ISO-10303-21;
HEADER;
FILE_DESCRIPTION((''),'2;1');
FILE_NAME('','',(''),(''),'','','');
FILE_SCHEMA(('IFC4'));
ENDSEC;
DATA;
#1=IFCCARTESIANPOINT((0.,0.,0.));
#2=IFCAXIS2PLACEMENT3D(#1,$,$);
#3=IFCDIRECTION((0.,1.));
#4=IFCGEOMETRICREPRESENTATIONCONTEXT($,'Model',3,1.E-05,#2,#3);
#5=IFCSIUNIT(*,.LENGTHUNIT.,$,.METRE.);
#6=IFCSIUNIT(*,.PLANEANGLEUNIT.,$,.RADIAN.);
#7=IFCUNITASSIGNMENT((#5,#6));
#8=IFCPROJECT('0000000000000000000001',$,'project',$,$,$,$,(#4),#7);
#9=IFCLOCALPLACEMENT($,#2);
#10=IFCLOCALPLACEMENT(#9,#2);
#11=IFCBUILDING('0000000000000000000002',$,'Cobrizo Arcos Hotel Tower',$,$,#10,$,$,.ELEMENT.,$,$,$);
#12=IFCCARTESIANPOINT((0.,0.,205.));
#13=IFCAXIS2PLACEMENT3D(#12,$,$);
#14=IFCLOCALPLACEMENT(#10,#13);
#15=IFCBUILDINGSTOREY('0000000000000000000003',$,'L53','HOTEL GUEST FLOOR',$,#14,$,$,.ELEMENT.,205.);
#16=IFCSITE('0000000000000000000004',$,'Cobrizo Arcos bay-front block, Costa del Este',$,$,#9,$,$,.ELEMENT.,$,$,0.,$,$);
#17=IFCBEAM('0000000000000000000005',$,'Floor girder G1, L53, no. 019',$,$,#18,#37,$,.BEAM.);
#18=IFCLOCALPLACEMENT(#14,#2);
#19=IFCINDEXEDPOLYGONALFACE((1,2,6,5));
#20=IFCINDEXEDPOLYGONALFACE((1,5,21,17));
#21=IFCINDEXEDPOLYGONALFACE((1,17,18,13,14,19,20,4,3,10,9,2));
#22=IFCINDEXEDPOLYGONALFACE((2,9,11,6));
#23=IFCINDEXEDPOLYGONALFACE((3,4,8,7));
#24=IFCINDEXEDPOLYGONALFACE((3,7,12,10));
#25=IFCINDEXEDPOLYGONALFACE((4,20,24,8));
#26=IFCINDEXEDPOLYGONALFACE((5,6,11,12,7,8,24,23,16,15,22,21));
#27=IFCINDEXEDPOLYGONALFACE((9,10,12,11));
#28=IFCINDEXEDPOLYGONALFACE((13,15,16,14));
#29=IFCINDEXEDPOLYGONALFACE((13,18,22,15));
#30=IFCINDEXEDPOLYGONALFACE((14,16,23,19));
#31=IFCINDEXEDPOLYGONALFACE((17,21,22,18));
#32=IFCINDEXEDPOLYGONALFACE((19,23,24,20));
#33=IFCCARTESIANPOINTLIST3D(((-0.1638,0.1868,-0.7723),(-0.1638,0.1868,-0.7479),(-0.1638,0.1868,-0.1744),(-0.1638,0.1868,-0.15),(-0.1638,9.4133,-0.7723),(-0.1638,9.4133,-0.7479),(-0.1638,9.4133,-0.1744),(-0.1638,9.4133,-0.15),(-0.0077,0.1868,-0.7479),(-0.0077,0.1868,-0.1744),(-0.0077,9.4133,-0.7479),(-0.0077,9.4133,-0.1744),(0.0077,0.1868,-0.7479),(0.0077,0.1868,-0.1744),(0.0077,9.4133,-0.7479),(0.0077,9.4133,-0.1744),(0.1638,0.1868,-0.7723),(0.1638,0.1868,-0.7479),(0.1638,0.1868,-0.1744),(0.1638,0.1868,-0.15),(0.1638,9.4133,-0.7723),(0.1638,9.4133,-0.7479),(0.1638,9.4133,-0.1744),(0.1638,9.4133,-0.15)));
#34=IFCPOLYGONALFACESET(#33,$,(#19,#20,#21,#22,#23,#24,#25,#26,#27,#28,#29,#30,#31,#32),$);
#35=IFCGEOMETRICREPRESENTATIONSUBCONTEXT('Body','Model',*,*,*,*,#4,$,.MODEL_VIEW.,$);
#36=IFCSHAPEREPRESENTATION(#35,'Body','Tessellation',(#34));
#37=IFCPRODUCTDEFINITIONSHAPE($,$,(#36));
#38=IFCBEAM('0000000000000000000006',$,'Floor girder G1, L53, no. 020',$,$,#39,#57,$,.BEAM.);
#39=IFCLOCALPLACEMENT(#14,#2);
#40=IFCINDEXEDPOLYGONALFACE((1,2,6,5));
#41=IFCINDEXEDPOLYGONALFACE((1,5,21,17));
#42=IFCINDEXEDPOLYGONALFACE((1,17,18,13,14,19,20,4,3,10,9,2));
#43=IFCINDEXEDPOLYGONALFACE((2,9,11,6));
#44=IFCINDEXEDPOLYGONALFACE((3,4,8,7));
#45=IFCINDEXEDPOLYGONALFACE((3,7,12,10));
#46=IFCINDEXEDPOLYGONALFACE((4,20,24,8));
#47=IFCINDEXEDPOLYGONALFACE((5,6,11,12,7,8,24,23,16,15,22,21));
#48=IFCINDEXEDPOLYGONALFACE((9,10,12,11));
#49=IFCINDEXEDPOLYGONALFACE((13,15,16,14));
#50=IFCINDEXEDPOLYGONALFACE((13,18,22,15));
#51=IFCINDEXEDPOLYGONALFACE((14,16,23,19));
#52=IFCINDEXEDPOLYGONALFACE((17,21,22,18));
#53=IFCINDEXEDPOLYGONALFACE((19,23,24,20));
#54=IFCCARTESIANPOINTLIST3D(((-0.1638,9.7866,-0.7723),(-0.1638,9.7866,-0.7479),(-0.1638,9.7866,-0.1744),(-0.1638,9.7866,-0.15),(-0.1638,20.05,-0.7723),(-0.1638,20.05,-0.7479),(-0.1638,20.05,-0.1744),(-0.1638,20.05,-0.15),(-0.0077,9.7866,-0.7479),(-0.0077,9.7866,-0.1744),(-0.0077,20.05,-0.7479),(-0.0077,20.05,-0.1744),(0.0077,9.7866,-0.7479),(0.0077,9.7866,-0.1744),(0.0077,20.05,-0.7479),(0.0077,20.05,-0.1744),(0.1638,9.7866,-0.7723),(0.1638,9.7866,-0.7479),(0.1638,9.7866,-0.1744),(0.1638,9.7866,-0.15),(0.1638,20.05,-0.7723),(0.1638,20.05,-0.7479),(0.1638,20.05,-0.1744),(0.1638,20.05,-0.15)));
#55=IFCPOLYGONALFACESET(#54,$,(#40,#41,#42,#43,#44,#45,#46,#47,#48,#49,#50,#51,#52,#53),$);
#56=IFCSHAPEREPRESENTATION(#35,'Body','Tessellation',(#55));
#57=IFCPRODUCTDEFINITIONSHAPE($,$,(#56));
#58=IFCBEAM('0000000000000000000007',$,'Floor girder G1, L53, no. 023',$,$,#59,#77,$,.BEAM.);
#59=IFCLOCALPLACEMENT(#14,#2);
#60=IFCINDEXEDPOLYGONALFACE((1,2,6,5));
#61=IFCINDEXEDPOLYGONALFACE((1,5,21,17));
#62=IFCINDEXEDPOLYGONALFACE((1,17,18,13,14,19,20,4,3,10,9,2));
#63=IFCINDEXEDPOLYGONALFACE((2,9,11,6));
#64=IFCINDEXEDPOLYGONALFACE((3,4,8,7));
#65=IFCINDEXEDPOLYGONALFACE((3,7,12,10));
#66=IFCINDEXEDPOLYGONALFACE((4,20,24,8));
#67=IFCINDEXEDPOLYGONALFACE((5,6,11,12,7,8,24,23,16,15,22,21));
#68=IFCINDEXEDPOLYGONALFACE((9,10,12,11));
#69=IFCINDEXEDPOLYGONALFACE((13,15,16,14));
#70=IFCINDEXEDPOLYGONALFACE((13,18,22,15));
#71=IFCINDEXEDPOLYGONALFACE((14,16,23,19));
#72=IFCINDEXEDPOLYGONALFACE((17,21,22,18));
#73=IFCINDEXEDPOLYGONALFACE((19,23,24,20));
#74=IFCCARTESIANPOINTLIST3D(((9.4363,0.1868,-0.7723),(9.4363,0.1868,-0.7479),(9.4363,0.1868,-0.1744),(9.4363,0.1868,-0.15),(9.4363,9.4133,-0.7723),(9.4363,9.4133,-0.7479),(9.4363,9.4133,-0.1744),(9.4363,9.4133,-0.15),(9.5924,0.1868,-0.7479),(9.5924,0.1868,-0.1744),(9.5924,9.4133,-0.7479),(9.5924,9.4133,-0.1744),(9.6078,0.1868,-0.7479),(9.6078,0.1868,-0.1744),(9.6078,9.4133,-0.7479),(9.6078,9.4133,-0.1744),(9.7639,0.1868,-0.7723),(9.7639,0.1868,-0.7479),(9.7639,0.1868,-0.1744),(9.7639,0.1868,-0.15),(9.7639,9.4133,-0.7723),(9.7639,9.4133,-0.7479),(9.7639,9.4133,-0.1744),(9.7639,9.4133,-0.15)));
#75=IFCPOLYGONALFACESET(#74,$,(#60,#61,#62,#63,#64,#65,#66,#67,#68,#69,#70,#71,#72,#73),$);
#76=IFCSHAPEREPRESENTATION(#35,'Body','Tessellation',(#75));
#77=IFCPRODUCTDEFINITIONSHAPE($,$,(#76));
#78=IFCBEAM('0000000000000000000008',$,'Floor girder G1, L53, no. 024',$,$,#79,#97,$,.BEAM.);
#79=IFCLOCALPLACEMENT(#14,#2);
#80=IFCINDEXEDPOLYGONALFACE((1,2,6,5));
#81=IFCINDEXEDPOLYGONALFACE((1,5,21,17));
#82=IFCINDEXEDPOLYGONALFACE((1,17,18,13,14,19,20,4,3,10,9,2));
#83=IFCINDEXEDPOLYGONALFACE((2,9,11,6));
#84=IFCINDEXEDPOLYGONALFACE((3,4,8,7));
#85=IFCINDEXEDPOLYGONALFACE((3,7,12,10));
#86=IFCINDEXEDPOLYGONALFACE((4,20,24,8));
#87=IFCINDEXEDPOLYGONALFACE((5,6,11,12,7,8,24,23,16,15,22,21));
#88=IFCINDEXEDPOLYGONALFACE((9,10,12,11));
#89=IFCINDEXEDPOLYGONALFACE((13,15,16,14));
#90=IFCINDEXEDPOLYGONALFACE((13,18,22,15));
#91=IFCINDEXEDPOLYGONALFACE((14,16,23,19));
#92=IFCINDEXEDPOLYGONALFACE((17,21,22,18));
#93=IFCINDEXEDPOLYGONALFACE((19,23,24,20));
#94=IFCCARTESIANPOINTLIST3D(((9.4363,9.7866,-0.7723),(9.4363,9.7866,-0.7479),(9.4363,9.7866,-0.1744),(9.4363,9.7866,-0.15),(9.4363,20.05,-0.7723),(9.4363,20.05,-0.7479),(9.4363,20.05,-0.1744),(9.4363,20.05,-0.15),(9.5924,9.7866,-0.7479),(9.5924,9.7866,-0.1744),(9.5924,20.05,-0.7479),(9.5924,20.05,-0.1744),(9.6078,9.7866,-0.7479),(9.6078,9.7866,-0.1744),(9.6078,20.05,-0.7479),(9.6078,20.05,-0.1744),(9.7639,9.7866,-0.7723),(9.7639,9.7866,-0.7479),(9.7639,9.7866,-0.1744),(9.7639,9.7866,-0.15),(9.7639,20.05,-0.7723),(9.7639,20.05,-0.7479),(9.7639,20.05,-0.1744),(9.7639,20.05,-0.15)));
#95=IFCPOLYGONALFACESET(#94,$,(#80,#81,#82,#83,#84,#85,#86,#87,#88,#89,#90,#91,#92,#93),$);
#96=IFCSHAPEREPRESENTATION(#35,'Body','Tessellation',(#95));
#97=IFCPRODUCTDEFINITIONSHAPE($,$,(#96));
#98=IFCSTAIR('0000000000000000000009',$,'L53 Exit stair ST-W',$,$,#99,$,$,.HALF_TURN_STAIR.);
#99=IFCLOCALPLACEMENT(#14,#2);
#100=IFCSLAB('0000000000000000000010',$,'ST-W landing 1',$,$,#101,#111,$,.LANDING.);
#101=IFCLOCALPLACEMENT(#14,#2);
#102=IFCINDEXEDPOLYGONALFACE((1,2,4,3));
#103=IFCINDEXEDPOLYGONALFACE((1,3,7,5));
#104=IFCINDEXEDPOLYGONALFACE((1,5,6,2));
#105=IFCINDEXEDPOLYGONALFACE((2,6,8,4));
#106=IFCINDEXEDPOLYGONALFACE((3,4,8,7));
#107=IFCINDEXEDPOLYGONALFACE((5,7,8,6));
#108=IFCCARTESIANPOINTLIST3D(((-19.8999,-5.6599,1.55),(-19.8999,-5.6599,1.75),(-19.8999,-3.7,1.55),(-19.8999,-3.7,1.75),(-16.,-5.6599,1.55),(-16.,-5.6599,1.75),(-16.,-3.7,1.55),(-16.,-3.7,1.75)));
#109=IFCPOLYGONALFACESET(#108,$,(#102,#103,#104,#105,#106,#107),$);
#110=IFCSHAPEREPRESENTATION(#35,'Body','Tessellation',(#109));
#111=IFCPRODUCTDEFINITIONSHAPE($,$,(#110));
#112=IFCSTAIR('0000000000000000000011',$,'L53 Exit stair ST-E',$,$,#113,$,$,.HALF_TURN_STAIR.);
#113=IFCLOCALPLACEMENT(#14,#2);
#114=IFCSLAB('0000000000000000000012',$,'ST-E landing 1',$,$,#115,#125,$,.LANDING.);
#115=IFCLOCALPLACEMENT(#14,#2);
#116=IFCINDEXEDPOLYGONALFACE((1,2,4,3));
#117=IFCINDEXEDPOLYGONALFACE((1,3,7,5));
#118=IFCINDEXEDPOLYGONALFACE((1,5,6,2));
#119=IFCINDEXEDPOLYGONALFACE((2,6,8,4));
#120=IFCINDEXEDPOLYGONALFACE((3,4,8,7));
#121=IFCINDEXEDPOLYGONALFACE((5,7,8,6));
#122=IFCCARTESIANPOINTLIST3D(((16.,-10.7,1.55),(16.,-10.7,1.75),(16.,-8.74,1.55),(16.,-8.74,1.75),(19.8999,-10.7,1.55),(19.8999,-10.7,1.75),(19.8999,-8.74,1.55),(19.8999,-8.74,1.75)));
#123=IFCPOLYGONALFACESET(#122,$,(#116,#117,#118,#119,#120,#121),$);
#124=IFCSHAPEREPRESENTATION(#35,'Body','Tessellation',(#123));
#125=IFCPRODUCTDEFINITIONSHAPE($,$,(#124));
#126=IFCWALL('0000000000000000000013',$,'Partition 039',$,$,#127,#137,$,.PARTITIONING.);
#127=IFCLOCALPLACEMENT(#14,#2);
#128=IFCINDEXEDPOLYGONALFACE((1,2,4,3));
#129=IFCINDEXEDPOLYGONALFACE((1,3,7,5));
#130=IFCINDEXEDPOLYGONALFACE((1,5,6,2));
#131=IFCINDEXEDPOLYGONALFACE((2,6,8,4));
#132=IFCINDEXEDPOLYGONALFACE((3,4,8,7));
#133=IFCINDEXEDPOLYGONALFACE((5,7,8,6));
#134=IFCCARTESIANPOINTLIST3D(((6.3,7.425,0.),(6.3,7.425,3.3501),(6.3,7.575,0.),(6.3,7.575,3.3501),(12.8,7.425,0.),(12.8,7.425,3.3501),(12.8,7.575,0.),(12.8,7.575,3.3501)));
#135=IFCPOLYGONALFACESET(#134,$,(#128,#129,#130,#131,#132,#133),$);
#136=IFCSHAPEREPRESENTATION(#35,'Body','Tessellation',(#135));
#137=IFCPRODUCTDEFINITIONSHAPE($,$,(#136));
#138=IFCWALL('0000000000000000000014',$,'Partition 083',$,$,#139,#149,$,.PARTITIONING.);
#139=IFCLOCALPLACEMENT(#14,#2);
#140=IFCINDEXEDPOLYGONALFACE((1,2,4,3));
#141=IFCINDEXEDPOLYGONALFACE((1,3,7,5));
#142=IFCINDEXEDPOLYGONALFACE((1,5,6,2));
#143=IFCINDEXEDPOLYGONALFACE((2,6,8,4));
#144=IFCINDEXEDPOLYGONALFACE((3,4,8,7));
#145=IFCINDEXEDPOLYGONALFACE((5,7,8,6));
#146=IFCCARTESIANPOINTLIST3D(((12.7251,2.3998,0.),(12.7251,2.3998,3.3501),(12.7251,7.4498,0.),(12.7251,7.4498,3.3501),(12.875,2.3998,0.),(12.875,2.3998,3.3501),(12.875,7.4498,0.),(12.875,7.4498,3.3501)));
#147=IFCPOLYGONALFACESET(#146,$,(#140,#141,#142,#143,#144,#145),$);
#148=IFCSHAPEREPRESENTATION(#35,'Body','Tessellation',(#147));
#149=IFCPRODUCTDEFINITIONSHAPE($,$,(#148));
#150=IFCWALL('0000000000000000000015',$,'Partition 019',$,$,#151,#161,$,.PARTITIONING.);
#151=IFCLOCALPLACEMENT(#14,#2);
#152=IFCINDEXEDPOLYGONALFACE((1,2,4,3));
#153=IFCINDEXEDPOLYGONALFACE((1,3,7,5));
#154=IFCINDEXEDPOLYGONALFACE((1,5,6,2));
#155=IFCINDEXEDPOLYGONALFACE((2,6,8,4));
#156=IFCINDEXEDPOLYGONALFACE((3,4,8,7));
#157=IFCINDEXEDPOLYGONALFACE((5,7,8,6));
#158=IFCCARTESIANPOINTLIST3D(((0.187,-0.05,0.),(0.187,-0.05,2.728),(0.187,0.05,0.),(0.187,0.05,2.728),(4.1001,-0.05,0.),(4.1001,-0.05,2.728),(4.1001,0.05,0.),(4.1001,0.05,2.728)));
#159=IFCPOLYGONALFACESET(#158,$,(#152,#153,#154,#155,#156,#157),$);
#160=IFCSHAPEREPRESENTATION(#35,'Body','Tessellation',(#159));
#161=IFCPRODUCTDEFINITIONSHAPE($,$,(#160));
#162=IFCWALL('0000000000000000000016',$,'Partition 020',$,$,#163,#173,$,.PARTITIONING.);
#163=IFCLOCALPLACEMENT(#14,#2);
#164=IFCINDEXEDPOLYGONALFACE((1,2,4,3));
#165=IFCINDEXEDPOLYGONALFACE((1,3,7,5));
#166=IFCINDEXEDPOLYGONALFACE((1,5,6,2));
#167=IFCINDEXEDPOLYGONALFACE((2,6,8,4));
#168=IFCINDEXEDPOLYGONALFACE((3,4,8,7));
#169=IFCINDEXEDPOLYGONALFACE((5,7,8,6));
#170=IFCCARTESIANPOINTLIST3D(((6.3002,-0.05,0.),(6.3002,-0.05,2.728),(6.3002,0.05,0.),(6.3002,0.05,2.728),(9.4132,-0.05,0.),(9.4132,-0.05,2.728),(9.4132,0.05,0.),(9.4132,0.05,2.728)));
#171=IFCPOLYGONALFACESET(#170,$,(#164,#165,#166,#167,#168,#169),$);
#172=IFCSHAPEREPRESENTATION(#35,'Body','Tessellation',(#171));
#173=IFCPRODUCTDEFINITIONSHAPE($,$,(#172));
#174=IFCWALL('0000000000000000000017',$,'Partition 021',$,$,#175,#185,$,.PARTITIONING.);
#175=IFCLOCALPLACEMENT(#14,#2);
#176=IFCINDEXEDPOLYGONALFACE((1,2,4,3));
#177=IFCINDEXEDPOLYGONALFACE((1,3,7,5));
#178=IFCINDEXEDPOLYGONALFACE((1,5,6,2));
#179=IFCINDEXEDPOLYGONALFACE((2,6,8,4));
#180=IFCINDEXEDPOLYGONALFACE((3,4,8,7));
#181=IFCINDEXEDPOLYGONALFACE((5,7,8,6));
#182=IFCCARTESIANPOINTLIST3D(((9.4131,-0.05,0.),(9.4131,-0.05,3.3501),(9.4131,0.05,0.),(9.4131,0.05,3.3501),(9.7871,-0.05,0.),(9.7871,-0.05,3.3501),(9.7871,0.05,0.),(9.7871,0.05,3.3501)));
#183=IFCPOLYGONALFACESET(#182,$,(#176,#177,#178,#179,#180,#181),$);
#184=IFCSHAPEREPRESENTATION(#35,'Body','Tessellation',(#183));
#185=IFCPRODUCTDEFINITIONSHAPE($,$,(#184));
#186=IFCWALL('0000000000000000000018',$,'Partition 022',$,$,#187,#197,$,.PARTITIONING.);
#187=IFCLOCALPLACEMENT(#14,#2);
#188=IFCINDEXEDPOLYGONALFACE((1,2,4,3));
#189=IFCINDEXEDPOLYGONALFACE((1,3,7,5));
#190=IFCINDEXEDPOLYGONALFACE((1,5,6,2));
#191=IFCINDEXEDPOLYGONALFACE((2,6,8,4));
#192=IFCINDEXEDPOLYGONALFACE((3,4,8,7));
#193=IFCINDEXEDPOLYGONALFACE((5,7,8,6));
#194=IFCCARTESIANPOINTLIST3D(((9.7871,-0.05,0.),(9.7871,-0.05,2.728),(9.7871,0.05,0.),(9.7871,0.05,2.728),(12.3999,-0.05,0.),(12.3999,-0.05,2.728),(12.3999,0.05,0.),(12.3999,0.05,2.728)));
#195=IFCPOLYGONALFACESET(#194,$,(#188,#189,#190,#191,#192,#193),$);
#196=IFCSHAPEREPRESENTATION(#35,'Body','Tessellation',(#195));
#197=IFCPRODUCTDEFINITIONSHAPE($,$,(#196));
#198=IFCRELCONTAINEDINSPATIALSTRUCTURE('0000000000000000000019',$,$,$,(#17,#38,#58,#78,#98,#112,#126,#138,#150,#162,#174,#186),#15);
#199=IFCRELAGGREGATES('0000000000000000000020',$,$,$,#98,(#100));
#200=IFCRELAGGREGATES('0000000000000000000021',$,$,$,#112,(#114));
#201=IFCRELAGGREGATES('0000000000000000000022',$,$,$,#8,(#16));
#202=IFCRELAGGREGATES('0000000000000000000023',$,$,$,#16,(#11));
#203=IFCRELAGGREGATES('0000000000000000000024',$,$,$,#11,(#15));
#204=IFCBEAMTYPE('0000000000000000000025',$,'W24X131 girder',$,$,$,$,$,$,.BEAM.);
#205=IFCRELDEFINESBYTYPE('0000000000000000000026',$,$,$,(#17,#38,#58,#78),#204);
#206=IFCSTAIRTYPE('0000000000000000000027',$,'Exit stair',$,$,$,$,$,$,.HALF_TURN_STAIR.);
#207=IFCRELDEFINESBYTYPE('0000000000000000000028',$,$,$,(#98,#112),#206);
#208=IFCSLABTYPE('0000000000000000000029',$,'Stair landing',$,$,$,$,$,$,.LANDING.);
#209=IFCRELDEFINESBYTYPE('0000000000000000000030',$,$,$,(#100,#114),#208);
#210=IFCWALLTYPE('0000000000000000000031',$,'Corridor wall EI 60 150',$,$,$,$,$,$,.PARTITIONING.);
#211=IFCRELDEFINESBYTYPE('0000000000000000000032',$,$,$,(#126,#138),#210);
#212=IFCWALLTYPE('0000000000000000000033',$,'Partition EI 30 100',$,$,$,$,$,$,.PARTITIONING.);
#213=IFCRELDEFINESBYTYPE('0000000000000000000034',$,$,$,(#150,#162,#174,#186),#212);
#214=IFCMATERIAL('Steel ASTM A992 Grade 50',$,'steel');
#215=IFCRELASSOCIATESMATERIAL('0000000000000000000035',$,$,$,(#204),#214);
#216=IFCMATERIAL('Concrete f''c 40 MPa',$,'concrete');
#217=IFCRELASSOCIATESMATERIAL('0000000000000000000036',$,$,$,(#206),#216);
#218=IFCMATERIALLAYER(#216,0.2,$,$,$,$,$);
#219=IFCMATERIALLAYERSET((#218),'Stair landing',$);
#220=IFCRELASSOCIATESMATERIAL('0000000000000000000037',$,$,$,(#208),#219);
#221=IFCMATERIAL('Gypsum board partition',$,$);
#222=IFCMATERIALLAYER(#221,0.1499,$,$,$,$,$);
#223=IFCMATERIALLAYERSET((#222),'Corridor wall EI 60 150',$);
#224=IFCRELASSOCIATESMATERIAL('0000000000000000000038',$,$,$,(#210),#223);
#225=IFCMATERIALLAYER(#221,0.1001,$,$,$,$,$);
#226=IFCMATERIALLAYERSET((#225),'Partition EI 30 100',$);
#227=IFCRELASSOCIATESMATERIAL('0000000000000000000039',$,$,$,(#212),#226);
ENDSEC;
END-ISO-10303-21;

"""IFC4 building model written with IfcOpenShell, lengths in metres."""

from ifc_helpers import new_model, si_unit, direction, frame, frame_2d, origin, origin_2d, place, context, subcontext, project, spatial, polyline, rectangle, i_section, outline, extrude, material, layer, layer_set, material_profile, profile_set, type_object, element, aggregate, save


model = new_model("IFC4")

# Units and contexts
model_context = context("Model", 3, precision=1e-05, world=origin(), true_north=direction((0.0, 1.0)))
body_context = subcontext(model_context, "Body", "Model", "MODEL_VIEW")
ifc_project = project(units=[si_unit("LENGTHUNIT", "METRE"), si_unit("PLANEANGLEUNIT", "RADIAN")], contexts=[model_context])

# Site, building, storey
site_placement = place(None, origin())
site = spatial("IfcSite", under=ifc_project, at=site_placement, Name="Cobrizo Arcos bay-front block, Costa del Este", CompositionType="ELEMENT", RefElevation=0.0)
building_placement = place(site_placement, origin())
building = spatial("IfcBuilding", under=site, at=building_placement, Name="Cobrizo Arcos Hotel Tower", CompositionType="ELEMENT")
storey_placement = place(building_placement, frame((0.0, 0.0, 205.0)))
storey = spatial("IfcBuildingStorey", under=building, at=storey_placement, Name="L53", Description="HOTEL GUEST FLOOR", CompositionType="ELEMENT", Elevation=205.0)

# Shared definitions
ifc_material_1 = material(Name="Steel ASTM A992 Grade 50", Category="steel")

# Beams
ifc_material_profile_1 = material_profile(ifc_material_1, i_section(OverallWidth=0.3276, OverallDepth=0.6223, WebThickness=0.0154, FlangeThickness=0.0244, at=origin_2d()), Name="W24X131")
ifc_profile_set_1 = profile_set([ifc_material_profile_1], Name="Steel ASTM A992 Grade 50")
beam_type_1 = type_object("IfcBeamType", Name="W24X131 girder", PredefinedType="BEAM", material=ifc_profile_set_1)
beam_1_placement = place(storey_placement, frame((0.0, 0.1868, -0.4612), z_axis=(0.0, 1.0, 0.0), x_axis=(-1.0, 0.0, 0.0)))
element("IfcBeam", 1, at=beam_1_placement, inside=storey, type_object=beam_type_1, Name="Floor girder G1, L53, no. 019", PredefinedType="BEAM", context=body_context, shape_type="SweptSolid", body=[
    extrude(i_section(OverallWidth=0.3276, OverallDepth=0.6223, WebThickness=0.0154, FlangeThickness=0.0244, at=origin_2d()), origin(), (0.0, 0.0, 1.0), 9.2266),
])
beam_2_placement = place(storey_placement, frame((0.0, 9.7866, -0.4612), z_axis=(0.0, 1.0, 0.0), x_axis=(-1.0, 0.0, 0.0)))
element("IfcBeam", 2, at=beam_2_placement, inside=storey, type_object=beam_type_1, Name="Floor girder G1, L53, no. 020", PredefinedType="BEAM", context=body_context, shape_type="SweptSolid", body=[
    extrude(i_section(OverallWidth=0.3276, OverallDepth=0.6223, WebThickness=0.0154, FlangeThickness=0.0244, at=origin_2d()), origin(), (0.0, 0.0, 1.0), 10.2634),
])
beam_3_placement = place(storey_placement, frame((9.6001, 0.1868, -0.4612), z_axis=(0.0, 1.0, 0.0), x_axis=(-1.0, 0.0, 0.0)))
element("IfcBeam", 3, at=beam_3_placement, inside=storey, type_object=beam_type_1, Name="Floor girder G1, L53, no. 023", PredefinedType="BEAM", context=body_context, shape_type="SweptSolid", body=[
    extrude(i_section(OverallWidth=0.3276, OverallDepth=0.6223, WebThickness=0.0154, FlangeThickness=0.0244, at=origin_2d()), origin(), (0.0, 0.0, 1.0), 9.2266),
])
beam_4_placement = place(storey_placement, frame((9.6001, 9.7866, -0.4612), z_axis=(0.0, 1.0, 0.0), x_axis=(-1.0, 0.0, 0.0)))
element("IfcBeam", 4, at=beam_4_placement, inside=storey, type_object=beam_type_1, Name="Floor girder G1, L53, no. 024", PredefinedType="BEAM", context=body_context, shape_type="SweptSolid", body=[
    extrude(i_section(OverallWidth=0.3276, OverallDepth=0.6223, WebThickness=0.0154, FlangeThickness=0.0244, at=origin_2d()), origin(), (0.0, 0.0, 1.0), 10.2634),
])

# Stairs, slabs
ifc_material_2 = material(Name="Concrete f'c 40 MPa", Category="concrete")
stair_type = type_object("IfcStairType", Name="Exit stair", PredefinedType="HALF_TURN_STAIR", material=ifc_material_2)
stair_1_placement = place(storey_placement, origin())
stair_1 = element("IfcStair", 5, at=stair_1_placement, inside=storey, type_object=stair_type, Name="L53 Exit stair ST-W", PredefinedType="HALF_TURN_STAIR")
ifc_layer_1 = layer(ifc_material_2, 0.2)
ifc_layer_set_1 = layer_set([ifc_layer_1], Name="Stair landing")
slab_type = type_object("IfcSlabType", Name="Stair landing", PredefinedType="LANDING", material=ifc_layer_set_1)
slab_1_placement = place(storey_placement, frame((0.0, 0.0, 1.55)))
slab_1 = element("IfcSlab", 6, at=slab_1_placement, type_object=slab_type, Name="ST-W landing 1", PredefinedType="LANDING", context=body_context, shape_type="SweptSolid", body=[
    extrude(outline(polyline([(-16.0, -5.6599), (-16.0, -3.7), (-19.8999, -3.7), (-19.8999, -5.6599), (-16.0, -5.6599)])), origin(), (0.0, 0.0, 1.0), 0.2),
])
aggregate(stair_1, [slab_1])
stair_2_placement = place(storey_placement, origin())
stair_2 = element("IfcStair", 7, at=stair_2_placement, inside=storey, type_object=stair_type, Name="L53 Exit stair ST-E", PredefinedType="HALF_TURN_STAIR")
slab_2_placement = place(storey_placement, frame((0.0, 0.0, 1.55)))
slab_2 = element("IfcSlab", 8, at=slab_2_placement, type_object=slab_type, Name="ST-E landing 1", PredefinedType="LANDING", context=body_context, shape_type="SweptSolid", body=[
    extrude(outline(polyline([(16.0, -8.74), (16.0, -10.7), (19.8999, -10.7), (19.8999, -8.74), (16.0, -8.74)])), origin(), (0.0, 0.0, 1.0), 0.2),
])
aggregate(stair_2, [slab_2])

# Walls
ifc_material_3 = material(Name="Gypsum board partition")
ifc_layer_2 = layer(ifc_material_3, 0.1499)
ifc_layer_set_2 = layer_set([ifc_layer_2], Name="Corridor wall EI 60 150")
wall_type_1 = type_object("IfcWallType", Name="Corridor wall EI 60 150", PredefinedType="PARTITIONING", material=ifc_layer_set_2)
wall_1_placement = place(storey_placement, frame((6.3, 7.5, 0.0), z_axis=(0.0, 0.0, 1.0), x_axis=(1.0, 0.0, 0.0)))
element("IfcWall", 9, at=wall_1_placement, inside=storey, type_object=wall_type_1, Name="Partition 039", PredefinedType="PARTITIONING", context=body_context, shape_type="SweptSolid", body=[
    extrude(rectangle(XDim=6.5, YDim=0.1499, at=frame_2d((3.25, 0.0))), origin(), (0.0, 0.0, 1.0), 3.3501),
])
wall_2_placement = place(storey_placement, frame((12.8, 2.3999, 0.0), z_axis=(0.0, 0.0, 1.0), x_axis=(0.0, 1.0, 0.0)))
element("IfcWall", 10, at=wall_2_placement, inside=storey, type_object=wall_type_1, Name="Partition 083", PredefinedType="PARTITIONING", context=body_context, shape_type="SweptSolid", body=[
    extrude(rectangle(XDim=5.05, YDim=0.1499, at=frame_2d((2.5249, 0.0))), origin(), (0.0, 0.0, 1.0), 3.3501),
])
ifc_layer_3 = layer(ifc_material_3, 0.1001)
ifc_layer_set_3 = layer_set([ifc_layer_3], Name="Partition EI 30 100")
wall_type_2 = type_object("IfcWallType", Name="Partition EI 30 100", PredefinedType="PARTITIONING", material=ifc_layer_set_3)
wall_3_placement = place(storey_placement, frame((0.187, 0.0, 0.0), z_axis=(0.0, 0.0, 1.0), x_axis=(1.0, 0.0, 0.0)))
element("IfcWall", 11, at=wall_3_placement, inside=storey, type_object=wall_type_2, Name="Partition 019", PredefinedType="PARTITIONING", context=body_context, shape_type="SweptSolid", body=[
    extrude(rectangle(XDim=3.9131, YDim=0.1001, at=frame_2d((1.9565, 0.0))), origin(), (0.0, 0.0, 1.0), 2.728),
])
wall_4_placement = place(storey_placement, frame((6.3, 0.0, 0.0), z_axis=(0.0, 0.0, 1.0), x_axis=(1.0, 0.0, 0.0)))
element("IfcWall", 12, at=wall_4_placement, inside=storey, type_object=wall_type_2, Name="Partition 020", PredefinedType="PARTITIONING", context=body_context, shape_type="SweptSolid", body=[
    extrude(rectangle(XDim=3.113, YDim=0.1001, at=frame_2d((1.5566, 0.0))), origin(), (0.0, 0.0, 1.0), 2.728),
])
wall_5_placement = place(storey_placement, frame((9.4131, 0.0, 0.0), z_axis=(0.0, 0.0, 1.0), x_axis=(1.0, 0.0, 0.0)))
element("IfcWall", 13, at=wall_5_placement, inside=storey, type_object=wall_type_2, Name="Partition 021", PredefinedType="PARTITIONING", context=body_context, shape_type="SweptSolid", body=[
    extrude(rectangle(XDim=0.374, YDim=0.1001, at=frame_2d((0.187, 0.0))), origin(), (0.0, 0.0, 1.0), 3.3501),
])
wall_6_placement = place(storey_placement, frame((9.7871, 0.0, 0.0), z_axis=(0.0, 0.0, 1.0), x_axis=(1.0, 0.0, 0.0)))
element("IfcWall", 14, at=wall_6_placement, inside=storey, type_object=wall_type_2, Name="Partition 022", PredefinedType="PARTITIONING", context=body_context, shape_type="SweptSolid", body=[
    extrude(rectangle(XDim=2.6128, YDim=0.1001, at=frame_2d((1.3064, 0.0))), origin(), (0.0, 0.0, 1.0), 2.728),
])

save(model, "model.ifc")
